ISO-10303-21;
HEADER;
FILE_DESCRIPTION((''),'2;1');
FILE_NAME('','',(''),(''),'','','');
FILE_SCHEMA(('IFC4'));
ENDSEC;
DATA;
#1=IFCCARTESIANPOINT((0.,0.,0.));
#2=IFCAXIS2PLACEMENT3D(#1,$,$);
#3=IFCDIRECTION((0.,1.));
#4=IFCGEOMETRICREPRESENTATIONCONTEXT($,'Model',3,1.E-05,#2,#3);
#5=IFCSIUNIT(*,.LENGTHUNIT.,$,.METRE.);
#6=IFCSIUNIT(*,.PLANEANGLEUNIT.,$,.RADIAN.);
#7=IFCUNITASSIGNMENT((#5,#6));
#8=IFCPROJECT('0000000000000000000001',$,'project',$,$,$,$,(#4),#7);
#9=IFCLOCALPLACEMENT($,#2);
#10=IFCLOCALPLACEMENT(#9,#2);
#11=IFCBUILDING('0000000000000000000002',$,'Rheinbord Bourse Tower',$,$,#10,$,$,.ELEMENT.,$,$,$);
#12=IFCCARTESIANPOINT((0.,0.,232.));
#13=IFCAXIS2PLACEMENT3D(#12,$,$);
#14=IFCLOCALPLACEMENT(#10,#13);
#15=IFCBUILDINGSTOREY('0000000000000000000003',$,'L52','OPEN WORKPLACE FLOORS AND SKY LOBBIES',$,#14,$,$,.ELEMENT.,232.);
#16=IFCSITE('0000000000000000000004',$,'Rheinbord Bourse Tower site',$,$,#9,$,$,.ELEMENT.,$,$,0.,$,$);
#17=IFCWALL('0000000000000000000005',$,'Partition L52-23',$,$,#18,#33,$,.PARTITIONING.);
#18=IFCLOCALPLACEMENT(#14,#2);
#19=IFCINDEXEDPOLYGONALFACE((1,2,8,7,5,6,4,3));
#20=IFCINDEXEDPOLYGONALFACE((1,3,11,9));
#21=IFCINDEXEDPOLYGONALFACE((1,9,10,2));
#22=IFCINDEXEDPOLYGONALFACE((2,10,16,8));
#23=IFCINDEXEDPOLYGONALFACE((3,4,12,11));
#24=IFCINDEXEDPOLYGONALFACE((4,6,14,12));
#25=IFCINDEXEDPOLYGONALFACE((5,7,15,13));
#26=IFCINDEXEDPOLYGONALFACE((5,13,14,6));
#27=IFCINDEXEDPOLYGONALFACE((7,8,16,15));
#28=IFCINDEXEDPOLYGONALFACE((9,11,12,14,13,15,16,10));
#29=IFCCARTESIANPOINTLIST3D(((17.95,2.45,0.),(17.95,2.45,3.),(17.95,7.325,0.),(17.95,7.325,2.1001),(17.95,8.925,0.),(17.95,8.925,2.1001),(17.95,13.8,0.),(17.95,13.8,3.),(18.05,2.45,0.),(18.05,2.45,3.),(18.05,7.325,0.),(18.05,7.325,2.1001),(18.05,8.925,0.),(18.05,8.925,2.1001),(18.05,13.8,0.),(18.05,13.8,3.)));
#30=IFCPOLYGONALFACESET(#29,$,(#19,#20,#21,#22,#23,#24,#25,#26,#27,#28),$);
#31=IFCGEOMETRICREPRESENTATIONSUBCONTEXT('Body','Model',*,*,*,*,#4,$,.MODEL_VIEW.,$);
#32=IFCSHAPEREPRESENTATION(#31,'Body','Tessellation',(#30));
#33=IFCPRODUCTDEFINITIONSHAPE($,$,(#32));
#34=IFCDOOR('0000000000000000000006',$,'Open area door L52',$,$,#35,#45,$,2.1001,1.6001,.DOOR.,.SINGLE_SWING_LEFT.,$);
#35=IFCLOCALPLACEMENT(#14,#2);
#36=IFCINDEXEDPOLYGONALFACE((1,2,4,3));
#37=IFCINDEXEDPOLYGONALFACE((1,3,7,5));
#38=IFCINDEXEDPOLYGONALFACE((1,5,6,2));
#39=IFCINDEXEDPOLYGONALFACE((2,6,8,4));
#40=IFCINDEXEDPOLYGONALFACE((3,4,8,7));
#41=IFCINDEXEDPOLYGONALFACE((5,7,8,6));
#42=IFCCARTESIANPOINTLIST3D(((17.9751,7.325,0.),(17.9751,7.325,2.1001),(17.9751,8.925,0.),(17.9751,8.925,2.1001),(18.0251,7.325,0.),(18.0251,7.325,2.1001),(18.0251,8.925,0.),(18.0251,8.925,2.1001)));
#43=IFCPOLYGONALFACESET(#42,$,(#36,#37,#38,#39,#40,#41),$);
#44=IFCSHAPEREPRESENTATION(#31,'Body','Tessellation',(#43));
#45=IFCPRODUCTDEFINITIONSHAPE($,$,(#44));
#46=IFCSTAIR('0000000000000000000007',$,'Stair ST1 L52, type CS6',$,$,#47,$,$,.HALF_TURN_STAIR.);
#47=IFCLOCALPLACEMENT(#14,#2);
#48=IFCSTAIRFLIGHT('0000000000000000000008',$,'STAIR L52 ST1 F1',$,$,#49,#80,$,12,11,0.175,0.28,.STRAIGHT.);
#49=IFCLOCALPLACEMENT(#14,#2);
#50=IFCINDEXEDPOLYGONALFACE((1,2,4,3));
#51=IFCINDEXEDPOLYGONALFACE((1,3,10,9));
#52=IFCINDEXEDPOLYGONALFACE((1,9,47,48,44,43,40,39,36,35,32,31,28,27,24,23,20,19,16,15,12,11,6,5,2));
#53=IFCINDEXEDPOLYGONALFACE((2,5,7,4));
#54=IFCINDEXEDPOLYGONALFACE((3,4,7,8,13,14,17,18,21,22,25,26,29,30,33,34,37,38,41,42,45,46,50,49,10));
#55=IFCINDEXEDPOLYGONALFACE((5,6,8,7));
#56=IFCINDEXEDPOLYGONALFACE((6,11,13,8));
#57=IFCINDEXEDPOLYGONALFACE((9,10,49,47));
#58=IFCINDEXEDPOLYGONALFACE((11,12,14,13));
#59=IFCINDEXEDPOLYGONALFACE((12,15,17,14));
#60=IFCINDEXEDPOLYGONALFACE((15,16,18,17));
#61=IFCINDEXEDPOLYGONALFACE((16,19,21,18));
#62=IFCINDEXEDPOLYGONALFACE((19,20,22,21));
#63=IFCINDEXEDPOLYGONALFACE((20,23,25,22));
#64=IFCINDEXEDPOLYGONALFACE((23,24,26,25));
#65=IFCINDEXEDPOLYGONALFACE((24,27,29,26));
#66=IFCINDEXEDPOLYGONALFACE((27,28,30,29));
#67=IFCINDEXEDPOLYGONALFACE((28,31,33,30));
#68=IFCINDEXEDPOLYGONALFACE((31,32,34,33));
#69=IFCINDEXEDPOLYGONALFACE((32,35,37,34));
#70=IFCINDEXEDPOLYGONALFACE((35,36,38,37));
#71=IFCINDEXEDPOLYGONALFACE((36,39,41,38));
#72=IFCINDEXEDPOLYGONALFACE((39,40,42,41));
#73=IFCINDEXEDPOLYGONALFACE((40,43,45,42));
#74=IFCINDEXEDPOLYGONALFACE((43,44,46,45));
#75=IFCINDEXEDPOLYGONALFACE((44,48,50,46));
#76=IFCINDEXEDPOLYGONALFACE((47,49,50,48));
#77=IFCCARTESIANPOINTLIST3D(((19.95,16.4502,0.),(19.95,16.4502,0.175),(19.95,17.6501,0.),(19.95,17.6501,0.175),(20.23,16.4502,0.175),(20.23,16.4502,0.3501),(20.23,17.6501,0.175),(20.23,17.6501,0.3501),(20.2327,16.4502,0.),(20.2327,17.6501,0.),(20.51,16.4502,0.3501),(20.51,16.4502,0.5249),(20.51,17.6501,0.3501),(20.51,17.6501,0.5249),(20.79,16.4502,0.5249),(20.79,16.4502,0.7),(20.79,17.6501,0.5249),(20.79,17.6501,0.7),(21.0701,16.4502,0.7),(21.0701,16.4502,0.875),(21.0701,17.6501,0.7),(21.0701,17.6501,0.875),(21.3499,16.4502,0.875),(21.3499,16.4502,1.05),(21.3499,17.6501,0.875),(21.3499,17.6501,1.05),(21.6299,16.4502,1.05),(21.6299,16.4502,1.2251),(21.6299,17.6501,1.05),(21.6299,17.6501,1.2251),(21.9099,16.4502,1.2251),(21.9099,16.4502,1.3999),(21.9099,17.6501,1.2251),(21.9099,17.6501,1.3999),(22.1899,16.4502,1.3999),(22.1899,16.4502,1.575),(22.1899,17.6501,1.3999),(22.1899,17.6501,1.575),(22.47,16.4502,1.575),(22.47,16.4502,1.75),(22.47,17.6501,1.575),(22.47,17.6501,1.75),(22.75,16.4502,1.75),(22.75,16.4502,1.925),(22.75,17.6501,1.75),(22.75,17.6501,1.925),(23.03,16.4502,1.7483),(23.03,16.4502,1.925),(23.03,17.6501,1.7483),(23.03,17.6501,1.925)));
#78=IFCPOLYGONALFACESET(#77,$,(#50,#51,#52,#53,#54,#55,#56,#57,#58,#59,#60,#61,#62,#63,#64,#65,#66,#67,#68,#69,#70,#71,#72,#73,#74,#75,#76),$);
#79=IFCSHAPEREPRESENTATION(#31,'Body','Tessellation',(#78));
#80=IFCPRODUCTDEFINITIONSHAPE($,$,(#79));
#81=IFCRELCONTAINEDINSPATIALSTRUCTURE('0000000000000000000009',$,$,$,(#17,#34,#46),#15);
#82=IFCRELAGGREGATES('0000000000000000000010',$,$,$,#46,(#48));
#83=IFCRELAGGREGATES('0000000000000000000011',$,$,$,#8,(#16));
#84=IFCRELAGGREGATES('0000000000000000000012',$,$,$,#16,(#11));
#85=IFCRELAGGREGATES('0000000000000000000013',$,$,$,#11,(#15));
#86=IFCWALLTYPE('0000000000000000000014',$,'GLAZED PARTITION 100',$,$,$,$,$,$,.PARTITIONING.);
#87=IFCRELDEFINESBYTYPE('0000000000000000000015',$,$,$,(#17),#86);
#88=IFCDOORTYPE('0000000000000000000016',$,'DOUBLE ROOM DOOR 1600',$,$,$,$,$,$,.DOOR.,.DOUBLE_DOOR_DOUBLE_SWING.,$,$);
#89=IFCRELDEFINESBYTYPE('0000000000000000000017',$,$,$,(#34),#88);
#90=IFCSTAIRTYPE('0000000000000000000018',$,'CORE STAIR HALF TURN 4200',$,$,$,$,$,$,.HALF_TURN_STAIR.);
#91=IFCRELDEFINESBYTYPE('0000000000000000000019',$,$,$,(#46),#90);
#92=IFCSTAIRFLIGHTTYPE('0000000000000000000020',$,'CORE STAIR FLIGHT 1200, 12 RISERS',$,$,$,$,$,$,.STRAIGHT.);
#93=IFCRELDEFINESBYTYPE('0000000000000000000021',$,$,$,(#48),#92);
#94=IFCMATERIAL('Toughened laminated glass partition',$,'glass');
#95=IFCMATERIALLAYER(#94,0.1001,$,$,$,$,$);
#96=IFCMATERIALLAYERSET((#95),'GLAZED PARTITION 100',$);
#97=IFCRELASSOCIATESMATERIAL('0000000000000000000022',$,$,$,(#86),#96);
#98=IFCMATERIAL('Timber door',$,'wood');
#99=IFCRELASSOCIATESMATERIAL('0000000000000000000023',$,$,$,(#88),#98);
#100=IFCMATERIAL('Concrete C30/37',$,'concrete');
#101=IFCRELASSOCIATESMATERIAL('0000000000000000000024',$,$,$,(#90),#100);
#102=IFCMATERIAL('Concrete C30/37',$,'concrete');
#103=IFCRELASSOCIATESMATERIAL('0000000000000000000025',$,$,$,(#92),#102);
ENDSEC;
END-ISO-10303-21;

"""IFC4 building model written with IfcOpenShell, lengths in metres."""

from ifc_helpers import new_model, si_unit, direction, frame, frame_2d, origin, place, context, subcontext, project, spatial, polyline, rectangle, outline, extrude, material, layer, layer_set, type_object, element, fill, aggregate, save


model = new_model("IFC4")

# Units and contexts
model_context = context("Model", 3, precision=1e-05, world=origin(), true_north=direction((0.0, 1.0)))
body_context = subcontext(model_context, "Body", "Model", "MODEL_VIEW")
ifc_project = project(units=[si_unit("LENGTHUNIT", "METRE"), si_unit("PLANEANGLEUNIT", "RADIAN")], contexts=[model_context])

# Site, building, storey
site_placement = place(None, origin())
site = spatial("IfcSite", under=ifc_project, at=site_placement, Name="Rheinbord Bourse Tower site", CompositionType="ELEMENT", RefElevation=0.0)
building_placement = place(site_placement, origin())
building = spatial("IfcBuilding", under=site, at=building_placement, Name="Rheinbord Bourse Tower", CompositionType="ELEMENT")
storey_placement = place(building_placement, frame((0.0, 0.0, 232.0)))
storey = spatial("IfcBuildingStorey", under=building, at=storey_placement, Name="L52", Description="OPEN WORKPLACE FLOORS AND SKY LOBBIES", CompositionType="ELEMENT", Elevation=232.0)

# Wall, opening, door
ifc_material_1 = material(Name="Toughened laminated glass partition", Category="glass")
ifc_layer_1 = layer(ifc_material_1, 0.1001)
ifc_layer_set_1 = layer_set([ifc_layer_1], Name="GLAZED PARTITION 100")
wall_type_1 = type_object("IfcWallType", Name="GLAZED PARTITION 100", PredefinedType="PARTITIONING", material=ifc_layer_set_1)
wall_1_placement = place(storey_placement, frame((18.0, 2.45, 0.0), z_axis=(0.0, 0.0, 1.0), x_axis=(0.0, 1.0, 0.0)))
wall_1 = element("IfcWall", 1, at=wall_1_placement, inside=storey, type_object=wall_type_1, Name="Partition L52-23", PredefinedType="PARTITIONING", context=body_context, shape_type="SweptSolid", body=[
    extrude(rectangle(XDim=11.3501, YDim=0.1001, at=frame_2d((5.675, 0.0))), origin(), (0.0, 0.0, 1.0), 3.0),
])
opening_1_placement = place(wall_1_placement, frame((4.875, 0.0, 0.0)))
opening_1 = element("IfcOpeningElement", 2, at=opening_1_placement, cuts=wall_1, PredefinedType="OPENING", context=body_context, shape_type="SweptSolid", body=[
    extrude(rectangle(XDim=1.6001, YDim=2.1001, at=frame_2d((0.8, 1.05))), frame((0.0, 0.0601, 0.0), z_axis=(0.0, -1.0, 0.0), x_axis=(1.0, 0.0, 0.0)), (0.0, 0.0, 1.0), 0.1201),
])
ifc_material_2 = material(Name="Timber door", Category="wood")
door_type_1 = type_object("IfcDoorType", Name="DOUBLE ROOM DOOR 1600", OperationType="DOUBLE_DOOR_DOUBLE_SWING", PredefinedType="DOOR", material=ifc_material_2)
door_1_placement = place(opening_1_placement, origin())
door_1 = element("IfcDoor", 3, at=door_1_placement, inside=storey, type_object=door_type_1, Name="Open area door L52", OperationType="SINGLE_SWING_LEFT", OverallHeight=2.1001, OverallWidth=1.6001, PredefinedType="DOOR", context=body_context, shape_type="SweptSolid", body=[
    extrude(rectangle(XDim=1.6001, YDim=2.1001, at=frame_2d((0.8, 1.05))), frame((0.0, 0.0249, 0.0), z_axis=(0.0, -1.0, 0.0), x_axis=(1.0, 0.0, 0.0)), (0.0, 0.0, 1.0), 0.05),
])
fill(opening_1, door_1)

# Stair, stair flight
ifc_material_3 = material(Name="Concrete C30/37", Category="concrete")
stair_type = type_object("IfcStairType", Name="CORE STAIR HALF TURN 4200", PredefinedType="HALF_TURN_STAIR", material=ifc_material_3)
stair_placement = place(storey_placement, origin())
stair = element("IfcStair", 4, at=stair_placement, inside=storey, type_object=stair_type, Name="Stair ST1 L52, type CS6", PredefinedType="HALF_TURN_STAIR")
ifc_material_4 = material(Name="Concrete C30/37", Category="concrete")
stair_flight_type = type_object("IfcStairFlightType", Name="CORE STAIR FLIGHT 1200, 12 RISERS", PredefinedType="STRAIGHT", material=ifc_material_4)
stair_flight_placement = place(storey_placement, frame((19.95, 17.05, 0.0), z_axis=(0.0, 0.0, 1.0), x_axis=(1.0, 0.0, 0.0)))
stair_flight = element("IfcStairFlight", 5, at=stair_flight_placement, type_object=stair_flight_type, Name="STAIR L52 ST1 F1", NumberOfRisers=12, NumberOfTreads=11, PredefinedType="STRAIGHT", RiserHeight=0.175, TreadLength=0.28, context=body_context, shape_type="SweptSolid", body=[
    extrude(outline(polyline([(0.0, 0.0), (0.0, 0.175), (0.28, 0.175), (0.28, 0.3501), (0.5601, 0.3501), (0.5601, 0.5249), (0.8401, 0.5249), (0.8401, 0.7), (1.1201, 0.7), (1.1201, 0.875), (1.3999, 0.875), (1.3999, 1.05), (1.6799, 1.05), (1.6799, 1.2251), (1.96, 1.2251), (1.96, 1.3999), (2.24, 1.3999), (2.24, 1.575), (2.52, 1.575), (2.52, 1.75), (2.8, 1.75), (2.8, 1.925), (3.0801, 1.925), (3.0801, 2.1001), (3.0801, 1.7483), (0.2827, 0.0), (0.0, 0.0)])), frame((0.0, 0.6001, 0.0), z_axis=(0.0, -1.0, 0.0), x_axis=(1.0, 0.0, 0.0)), (0.0, 0.0, 1.0), 1.2),
])
aggregate(stair, [stair_flight])

save(model, "model.ifc")
